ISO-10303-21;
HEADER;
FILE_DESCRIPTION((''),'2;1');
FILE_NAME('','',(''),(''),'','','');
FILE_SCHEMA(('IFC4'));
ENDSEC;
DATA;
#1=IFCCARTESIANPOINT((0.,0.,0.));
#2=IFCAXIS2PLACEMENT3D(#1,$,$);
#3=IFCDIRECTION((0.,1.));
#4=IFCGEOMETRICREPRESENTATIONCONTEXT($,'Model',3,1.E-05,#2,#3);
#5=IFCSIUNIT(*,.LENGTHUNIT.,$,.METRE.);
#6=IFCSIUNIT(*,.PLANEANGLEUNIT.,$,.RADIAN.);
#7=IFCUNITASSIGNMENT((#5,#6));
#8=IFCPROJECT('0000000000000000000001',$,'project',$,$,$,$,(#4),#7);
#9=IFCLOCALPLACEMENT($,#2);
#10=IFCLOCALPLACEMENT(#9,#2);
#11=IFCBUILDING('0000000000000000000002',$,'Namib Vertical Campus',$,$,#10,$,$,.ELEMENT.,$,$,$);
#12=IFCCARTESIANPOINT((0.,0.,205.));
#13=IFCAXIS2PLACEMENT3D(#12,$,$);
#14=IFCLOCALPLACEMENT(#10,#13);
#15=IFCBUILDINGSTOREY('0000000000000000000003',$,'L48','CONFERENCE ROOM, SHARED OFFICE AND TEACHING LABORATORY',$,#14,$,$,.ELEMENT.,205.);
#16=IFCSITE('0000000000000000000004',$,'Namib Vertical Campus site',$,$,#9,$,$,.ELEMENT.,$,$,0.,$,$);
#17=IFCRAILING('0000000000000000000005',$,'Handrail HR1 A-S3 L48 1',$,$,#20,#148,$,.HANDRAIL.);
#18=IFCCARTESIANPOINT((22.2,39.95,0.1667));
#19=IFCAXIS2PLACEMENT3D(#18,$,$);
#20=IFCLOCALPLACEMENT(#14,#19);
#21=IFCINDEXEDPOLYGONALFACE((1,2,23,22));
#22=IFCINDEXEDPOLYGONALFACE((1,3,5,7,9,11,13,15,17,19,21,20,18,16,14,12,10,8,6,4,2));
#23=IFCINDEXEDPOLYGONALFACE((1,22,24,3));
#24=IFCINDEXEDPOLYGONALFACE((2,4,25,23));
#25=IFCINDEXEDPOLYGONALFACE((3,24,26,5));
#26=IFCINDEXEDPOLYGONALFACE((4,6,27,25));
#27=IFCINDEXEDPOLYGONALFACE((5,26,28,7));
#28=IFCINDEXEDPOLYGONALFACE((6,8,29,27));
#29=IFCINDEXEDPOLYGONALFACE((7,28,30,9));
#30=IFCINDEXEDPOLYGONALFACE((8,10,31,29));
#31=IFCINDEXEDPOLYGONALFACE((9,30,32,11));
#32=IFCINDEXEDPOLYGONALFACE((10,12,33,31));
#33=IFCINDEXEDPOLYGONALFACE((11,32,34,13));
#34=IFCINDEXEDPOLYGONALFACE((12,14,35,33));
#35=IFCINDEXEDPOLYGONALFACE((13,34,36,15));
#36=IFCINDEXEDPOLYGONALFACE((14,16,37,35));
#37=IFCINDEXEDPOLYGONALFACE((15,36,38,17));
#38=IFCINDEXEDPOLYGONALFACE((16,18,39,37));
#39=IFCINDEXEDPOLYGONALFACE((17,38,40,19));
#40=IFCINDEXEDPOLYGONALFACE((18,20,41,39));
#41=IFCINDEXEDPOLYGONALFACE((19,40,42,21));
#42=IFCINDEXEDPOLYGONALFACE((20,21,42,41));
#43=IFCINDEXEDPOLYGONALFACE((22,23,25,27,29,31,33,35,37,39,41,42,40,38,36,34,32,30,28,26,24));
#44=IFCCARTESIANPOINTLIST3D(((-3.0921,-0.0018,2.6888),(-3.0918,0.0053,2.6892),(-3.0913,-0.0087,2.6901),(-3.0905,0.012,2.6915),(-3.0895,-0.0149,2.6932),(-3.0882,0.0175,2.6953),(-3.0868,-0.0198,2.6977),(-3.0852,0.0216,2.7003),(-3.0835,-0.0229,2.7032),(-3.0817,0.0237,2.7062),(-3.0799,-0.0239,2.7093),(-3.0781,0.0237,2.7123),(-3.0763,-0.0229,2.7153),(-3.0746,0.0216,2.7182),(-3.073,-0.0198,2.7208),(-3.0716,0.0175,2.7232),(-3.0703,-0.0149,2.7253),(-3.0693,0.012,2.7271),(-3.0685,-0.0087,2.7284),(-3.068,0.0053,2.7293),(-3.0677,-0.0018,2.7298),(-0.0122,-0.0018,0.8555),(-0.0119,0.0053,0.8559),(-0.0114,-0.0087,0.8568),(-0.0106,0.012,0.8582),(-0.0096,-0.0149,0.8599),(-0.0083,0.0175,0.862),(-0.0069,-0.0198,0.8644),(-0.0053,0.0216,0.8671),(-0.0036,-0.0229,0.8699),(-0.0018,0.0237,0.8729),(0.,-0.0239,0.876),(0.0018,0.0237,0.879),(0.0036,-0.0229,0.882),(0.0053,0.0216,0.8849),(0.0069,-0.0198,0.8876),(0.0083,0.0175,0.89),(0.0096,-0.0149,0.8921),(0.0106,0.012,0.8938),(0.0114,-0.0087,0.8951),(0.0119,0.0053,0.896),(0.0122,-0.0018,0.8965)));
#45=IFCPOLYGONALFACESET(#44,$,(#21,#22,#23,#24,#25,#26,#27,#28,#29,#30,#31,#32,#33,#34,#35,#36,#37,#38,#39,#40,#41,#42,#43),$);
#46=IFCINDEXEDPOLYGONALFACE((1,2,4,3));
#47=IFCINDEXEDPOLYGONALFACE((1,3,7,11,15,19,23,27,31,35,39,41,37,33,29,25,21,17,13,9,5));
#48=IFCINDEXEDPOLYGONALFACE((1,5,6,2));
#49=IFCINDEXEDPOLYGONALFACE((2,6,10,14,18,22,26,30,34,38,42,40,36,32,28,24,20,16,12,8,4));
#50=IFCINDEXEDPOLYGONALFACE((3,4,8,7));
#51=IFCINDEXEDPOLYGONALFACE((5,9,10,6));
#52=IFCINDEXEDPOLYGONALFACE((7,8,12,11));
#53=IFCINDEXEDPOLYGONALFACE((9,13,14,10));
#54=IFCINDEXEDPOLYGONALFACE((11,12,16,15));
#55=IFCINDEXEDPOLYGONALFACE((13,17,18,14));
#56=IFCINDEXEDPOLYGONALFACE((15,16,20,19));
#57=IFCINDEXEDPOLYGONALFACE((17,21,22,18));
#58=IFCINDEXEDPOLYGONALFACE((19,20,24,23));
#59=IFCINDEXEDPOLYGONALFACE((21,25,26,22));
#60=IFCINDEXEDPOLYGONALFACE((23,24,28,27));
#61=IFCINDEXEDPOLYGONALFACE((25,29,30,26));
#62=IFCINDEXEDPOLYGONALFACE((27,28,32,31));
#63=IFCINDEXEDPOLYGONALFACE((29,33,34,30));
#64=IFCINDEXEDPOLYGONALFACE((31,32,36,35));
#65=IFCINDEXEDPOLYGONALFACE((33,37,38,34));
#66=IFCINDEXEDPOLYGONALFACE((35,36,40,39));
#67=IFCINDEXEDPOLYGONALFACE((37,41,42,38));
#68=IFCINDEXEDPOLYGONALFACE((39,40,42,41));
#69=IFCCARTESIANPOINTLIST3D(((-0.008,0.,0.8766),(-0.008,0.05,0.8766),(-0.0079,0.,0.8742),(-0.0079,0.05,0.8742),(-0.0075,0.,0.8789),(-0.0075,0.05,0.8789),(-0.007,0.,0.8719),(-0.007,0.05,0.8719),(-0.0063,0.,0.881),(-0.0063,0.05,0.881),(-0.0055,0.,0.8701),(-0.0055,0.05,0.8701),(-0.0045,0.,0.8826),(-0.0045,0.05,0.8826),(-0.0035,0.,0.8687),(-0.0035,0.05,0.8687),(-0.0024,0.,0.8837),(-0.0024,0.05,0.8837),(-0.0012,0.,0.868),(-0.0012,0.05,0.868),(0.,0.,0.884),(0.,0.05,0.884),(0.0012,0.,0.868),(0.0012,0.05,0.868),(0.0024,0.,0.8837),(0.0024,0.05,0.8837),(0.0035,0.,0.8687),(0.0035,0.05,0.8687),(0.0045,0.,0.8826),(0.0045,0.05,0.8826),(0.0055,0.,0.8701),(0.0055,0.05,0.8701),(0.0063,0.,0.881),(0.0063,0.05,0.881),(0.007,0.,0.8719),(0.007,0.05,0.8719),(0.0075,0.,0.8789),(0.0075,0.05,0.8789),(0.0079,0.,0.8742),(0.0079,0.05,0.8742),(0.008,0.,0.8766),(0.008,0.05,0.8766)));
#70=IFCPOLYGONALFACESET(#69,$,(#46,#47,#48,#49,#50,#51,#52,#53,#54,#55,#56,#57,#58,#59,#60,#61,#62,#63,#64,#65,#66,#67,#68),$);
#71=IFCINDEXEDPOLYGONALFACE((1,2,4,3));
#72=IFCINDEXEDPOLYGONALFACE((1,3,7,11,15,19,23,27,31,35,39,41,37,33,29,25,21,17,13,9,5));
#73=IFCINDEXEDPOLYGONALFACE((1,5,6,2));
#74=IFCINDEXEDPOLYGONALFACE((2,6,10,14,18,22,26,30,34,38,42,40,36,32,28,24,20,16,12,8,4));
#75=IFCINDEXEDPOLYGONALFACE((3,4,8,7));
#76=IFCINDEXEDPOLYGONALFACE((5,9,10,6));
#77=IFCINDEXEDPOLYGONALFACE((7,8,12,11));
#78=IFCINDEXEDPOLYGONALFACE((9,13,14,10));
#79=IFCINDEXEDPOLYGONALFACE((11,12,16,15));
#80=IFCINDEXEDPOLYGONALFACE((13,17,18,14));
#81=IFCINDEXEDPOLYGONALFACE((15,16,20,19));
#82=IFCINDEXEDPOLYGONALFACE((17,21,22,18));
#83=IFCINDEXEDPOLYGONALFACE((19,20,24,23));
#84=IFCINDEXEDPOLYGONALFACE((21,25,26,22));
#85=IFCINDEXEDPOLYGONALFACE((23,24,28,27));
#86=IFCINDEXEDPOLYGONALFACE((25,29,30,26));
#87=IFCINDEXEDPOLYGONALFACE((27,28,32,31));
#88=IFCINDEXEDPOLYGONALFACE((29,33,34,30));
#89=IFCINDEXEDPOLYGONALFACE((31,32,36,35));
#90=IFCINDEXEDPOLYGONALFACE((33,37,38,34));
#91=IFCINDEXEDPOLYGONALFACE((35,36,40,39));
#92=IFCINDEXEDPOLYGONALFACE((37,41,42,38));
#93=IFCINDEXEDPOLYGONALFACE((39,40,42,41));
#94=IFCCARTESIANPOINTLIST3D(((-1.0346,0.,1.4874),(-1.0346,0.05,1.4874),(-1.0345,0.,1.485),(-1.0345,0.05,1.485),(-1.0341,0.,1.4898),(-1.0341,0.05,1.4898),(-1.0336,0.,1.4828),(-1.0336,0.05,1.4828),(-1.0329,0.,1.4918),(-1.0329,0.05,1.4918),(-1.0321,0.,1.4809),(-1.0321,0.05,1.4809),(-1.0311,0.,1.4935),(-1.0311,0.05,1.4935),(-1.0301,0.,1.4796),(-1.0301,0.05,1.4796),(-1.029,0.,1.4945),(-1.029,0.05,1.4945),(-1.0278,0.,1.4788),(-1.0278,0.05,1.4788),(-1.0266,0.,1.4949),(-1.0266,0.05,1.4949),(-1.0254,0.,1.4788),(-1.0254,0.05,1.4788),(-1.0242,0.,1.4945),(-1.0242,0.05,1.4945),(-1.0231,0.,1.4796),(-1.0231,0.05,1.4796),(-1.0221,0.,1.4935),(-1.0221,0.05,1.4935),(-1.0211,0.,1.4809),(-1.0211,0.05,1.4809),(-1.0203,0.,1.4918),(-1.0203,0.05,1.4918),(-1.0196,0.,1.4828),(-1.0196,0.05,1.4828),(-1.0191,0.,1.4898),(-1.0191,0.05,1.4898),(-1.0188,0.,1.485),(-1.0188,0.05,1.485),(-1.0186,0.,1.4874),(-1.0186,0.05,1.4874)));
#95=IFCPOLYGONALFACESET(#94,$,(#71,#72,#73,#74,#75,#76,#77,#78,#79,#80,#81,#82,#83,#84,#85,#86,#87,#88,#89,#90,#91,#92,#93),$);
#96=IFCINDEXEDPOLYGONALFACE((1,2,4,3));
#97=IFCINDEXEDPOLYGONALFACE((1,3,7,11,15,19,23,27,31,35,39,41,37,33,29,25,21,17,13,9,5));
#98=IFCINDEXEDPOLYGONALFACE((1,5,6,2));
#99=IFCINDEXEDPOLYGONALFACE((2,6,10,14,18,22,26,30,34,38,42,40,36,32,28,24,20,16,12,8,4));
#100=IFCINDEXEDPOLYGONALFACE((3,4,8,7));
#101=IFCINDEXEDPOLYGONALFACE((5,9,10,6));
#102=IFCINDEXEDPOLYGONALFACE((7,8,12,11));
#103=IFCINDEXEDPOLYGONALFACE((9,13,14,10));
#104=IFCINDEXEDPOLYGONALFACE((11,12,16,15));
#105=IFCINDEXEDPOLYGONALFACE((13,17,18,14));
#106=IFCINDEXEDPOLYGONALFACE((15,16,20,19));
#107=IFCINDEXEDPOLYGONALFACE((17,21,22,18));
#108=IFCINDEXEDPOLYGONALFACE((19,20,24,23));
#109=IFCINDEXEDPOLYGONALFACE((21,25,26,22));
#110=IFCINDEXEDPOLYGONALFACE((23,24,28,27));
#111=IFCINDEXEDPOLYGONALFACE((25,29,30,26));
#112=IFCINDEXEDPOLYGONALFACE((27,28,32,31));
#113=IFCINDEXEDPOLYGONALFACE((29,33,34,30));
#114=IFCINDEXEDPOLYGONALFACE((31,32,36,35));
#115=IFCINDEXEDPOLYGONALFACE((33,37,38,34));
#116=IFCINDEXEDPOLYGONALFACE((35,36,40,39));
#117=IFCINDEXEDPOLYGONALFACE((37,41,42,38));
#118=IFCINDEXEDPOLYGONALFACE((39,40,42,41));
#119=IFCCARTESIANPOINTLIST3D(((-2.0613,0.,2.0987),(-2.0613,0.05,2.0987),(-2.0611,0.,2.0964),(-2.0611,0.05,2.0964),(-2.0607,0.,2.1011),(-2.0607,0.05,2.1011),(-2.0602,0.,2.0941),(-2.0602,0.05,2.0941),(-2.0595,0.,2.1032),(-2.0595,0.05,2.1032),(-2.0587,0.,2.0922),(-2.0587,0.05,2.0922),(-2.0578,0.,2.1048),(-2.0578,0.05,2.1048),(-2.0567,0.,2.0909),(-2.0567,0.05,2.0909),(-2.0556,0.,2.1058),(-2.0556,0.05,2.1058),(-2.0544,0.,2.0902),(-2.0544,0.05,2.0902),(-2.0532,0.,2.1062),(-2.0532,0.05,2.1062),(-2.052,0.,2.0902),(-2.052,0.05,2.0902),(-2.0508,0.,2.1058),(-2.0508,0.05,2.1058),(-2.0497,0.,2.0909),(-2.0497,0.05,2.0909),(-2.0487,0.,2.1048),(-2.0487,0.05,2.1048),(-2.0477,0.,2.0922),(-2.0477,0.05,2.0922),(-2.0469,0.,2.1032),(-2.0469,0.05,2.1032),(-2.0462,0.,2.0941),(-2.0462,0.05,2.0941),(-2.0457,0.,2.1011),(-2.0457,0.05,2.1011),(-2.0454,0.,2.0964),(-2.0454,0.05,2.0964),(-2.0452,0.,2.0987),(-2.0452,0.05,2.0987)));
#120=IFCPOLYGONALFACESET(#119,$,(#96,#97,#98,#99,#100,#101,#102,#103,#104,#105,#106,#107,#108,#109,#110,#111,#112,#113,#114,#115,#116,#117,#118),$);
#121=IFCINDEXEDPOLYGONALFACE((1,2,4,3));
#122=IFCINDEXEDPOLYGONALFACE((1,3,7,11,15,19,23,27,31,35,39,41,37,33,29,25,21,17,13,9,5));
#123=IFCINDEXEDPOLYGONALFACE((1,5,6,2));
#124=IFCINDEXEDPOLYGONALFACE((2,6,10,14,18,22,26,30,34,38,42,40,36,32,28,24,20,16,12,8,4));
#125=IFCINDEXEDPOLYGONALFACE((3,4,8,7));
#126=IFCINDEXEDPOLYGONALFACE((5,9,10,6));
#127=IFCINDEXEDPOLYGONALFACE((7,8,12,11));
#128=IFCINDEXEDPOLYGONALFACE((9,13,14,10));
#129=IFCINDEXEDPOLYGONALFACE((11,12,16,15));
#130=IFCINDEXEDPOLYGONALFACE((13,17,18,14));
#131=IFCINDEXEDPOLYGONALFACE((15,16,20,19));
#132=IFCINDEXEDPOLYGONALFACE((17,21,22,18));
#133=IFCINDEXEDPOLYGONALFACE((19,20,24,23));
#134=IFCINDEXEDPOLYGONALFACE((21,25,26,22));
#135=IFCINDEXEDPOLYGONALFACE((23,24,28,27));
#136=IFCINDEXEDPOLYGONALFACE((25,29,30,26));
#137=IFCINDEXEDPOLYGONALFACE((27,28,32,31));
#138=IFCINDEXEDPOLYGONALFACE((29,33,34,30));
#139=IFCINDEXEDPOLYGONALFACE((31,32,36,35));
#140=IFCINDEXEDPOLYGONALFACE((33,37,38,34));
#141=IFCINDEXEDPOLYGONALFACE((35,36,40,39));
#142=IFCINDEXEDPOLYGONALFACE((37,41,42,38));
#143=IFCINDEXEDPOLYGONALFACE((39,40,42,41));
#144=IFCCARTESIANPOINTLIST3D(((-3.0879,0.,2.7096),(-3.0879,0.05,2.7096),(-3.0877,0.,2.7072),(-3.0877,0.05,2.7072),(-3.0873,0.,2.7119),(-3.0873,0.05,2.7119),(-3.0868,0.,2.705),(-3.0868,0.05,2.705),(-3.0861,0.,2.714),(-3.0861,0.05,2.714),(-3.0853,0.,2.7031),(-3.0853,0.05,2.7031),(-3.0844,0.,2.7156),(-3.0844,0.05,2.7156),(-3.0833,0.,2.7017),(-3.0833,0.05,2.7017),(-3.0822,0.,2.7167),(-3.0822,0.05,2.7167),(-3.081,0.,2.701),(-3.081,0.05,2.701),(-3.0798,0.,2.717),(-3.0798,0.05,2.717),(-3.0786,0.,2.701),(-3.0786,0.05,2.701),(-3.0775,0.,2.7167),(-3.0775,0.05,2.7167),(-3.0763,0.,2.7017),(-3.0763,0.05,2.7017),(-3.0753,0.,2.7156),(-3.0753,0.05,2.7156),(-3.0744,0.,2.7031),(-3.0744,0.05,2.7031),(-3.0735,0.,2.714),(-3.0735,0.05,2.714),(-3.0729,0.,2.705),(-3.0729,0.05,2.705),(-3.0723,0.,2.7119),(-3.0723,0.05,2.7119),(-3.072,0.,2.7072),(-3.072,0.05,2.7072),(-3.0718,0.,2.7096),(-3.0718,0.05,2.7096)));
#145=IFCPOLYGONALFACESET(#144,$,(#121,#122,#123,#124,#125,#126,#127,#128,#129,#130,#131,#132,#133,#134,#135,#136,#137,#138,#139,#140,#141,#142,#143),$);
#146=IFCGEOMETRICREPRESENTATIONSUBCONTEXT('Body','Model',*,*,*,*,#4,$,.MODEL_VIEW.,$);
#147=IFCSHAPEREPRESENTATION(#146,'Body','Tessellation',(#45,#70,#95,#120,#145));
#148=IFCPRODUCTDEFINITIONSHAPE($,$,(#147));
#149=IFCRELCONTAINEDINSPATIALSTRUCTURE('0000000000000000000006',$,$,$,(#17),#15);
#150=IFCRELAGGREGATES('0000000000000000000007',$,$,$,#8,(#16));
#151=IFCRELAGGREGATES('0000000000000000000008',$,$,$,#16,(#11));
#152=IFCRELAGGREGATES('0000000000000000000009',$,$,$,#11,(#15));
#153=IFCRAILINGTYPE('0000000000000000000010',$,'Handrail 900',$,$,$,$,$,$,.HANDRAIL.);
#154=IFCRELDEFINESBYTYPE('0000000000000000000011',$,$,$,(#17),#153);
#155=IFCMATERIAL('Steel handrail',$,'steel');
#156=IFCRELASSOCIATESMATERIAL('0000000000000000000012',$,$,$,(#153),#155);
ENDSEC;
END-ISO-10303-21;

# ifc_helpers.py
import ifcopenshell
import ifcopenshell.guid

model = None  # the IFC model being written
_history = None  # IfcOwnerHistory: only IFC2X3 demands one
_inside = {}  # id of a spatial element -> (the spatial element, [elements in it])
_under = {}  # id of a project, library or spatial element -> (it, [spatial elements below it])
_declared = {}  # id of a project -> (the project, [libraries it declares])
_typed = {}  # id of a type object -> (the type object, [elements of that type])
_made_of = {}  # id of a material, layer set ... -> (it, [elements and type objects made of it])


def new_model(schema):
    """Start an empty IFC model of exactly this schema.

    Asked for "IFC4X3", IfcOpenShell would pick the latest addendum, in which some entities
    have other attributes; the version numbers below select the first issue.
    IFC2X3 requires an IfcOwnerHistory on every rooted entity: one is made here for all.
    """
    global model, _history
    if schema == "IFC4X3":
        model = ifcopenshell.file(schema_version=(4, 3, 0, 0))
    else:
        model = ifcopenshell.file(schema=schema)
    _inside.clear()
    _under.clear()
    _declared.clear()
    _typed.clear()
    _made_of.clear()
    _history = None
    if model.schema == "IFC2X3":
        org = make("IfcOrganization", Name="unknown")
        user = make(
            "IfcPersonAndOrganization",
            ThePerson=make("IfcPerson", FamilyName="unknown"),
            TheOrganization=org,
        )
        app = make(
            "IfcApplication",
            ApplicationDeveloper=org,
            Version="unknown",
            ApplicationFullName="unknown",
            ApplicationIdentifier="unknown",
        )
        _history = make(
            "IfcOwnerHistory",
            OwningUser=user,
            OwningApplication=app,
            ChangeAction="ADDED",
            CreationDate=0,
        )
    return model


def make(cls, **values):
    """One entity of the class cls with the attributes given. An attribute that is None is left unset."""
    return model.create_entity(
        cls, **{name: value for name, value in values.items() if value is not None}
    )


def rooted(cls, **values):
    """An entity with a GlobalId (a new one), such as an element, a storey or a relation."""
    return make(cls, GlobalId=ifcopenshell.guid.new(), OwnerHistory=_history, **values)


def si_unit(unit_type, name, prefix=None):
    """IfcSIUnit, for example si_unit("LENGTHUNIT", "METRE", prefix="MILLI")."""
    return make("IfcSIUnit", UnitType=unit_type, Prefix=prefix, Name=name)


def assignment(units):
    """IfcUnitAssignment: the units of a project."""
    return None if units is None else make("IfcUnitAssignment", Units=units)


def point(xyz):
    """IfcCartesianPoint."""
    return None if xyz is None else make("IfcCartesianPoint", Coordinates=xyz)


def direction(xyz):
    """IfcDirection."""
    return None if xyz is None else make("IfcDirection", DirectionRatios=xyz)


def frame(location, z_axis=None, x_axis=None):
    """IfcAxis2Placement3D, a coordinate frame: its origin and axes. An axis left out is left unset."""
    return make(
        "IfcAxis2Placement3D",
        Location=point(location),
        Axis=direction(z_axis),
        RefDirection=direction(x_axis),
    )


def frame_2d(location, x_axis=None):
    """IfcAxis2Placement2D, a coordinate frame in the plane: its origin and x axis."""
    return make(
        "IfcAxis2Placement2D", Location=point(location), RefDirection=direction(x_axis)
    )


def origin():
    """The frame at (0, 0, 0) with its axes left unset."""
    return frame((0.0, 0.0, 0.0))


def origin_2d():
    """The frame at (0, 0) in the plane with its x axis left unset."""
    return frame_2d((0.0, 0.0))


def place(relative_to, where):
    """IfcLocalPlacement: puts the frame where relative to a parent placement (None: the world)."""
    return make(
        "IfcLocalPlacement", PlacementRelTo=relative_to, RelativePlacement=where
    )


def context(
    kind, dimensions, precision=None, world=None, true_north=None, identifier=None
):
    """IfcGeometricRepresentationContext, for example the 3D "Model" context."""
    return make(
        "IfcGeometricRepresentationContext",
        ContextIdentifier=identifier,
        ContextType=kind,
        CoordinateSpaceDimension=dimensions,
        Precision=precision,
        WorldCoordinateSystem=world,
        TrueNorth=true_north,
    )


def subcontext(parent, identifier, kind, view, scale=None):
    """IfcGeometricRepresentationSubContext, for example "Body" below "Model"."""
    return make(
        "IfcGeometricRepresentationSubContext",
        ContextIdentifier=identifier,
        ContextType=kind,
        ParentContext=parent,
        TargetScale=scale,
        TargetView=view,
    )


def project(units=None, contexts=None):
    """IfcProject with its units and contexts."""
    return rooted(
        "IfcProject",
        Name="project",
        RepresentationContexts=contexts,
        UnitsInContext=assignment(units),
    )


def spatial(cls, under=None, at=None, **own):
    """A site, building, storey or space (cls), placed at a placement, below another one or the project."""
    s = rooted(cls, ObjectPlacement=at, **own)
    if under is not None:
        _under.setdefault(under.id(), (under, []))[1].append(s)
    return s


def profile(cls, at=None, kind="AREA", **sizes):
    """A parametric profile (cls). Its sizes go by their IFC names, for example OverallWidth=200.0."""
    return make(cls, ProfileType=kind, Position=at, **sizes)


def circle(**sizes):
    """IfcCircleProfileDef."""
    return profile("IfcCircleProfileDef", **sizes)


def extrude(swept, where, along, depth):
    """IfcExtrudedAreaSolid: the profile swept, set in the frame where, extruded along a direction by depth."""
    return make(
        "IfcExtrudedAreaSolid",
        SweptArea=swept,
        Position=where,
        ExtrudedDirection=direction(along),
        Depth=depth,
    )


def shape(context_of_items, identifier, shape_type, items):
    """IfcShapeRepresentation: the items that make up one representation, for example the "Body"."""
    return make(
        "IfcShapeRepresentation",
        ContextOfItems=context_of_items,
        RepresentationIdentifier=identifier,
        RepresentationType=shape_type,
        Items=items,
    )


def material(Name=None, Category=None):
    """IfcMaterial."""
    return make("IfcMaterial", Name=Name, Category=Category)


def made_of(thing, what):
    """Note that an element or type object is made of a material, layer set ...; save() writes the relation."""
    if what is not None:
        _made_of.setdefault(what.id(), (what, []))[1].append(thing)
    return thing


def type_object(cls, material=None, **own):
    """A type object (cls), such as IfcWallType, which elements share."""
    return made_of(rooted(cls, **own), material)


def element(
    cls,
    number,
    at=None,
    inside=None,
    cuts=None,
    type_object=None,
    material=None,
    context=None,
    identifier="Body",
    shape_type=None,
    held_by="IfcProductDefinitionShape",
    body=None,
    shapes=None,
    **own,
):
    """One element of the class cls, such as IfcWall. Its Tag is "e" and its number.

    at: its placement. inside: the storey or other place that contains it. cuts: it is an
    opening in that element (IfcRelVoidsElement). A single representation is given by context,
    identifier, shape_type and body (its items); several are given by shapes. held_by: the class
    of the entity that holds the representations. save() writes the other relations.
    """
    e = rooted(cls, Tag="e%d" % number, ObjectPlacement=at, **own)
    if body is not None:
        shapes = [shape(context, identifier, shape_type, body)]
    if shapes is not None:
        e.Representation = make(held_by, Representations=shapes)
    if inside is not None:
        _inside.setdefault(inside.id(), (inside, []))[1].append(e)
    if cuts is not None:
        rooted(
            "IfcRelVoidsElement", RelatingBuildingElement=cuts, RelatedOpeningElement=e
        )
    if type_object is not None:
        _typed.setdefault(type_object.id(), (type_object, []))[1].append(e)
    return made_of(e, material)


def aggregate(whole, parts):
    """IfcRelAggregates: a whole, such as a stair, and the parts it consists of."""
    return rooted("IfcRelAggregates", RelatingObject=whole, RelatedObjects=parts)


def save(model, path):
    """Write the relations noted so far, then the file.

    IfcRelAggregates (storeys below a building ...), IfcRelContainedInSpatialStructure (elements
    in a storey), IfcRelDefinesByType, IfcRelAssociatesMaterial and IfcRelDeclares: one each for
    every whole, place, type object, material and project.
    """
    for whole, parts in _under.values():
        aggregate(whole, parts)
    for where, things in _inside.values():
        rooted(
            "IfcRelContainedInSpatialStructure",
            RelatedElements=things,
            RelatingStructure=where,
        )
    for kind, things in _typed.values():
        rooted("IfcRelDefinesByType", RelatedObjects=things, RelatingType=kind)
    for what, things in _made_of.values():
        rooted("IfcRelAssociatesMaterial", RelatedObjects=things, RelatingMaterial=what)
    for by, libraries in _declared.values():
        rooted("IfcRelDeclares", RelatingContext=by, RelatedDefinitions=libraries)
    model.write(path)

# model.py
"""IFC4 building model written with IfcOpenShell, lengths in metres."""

from ifc_helpers import new_model, si_unit, direction, frame, origin, origin_2d, place, context, subcontext, project, spatial, circle, extrude, material, type_object, element, save


model = new_model("IFC4")

# Units and contexts
model_context = context("Model", 3, precision=1e-05, world=origin(), true_north=direction((0.0, 1.0)))
body_context = subcontext(model_context, "Body", "Model", "MODEL_VIEW")
ifc_project = project(units=[si_unit("LENGTHUNIT", "METRE"), si_unit("PLANEANGLEUNIT", "RADIAN")], contexts=[model_context])

# Site, building, storey
site_placement = place(None, origin())
site = spatial("IfcSite", under=ifc_project, at=site_placement, Name="Namib Vertical Campus site", CompositionType="ELEMENT", RefElevation=0.0)
building_placement = place(site_placement, origin())
building = spatial("IfcBuilding", under=site, at=building_placement, Name="Namib Vertical Campus", CompositionType="ELEMENT")
storey_placement = place(building_placement, frame((0.0, 0.0, 205.0)))
storey = spatial("IfcBuildingStorey", under=building, at=storey_placement, Name="L48", Description="CONFERENCE ROOM, SHARED OFFICE AND TEACHING LABORATORY", CompositionType="ELEMENT", Elevation=205.0)

# Railing
ifc_material_1 = material(Name="Steel handrail", Category="steel")
railing_type_1 = type_object("IfcRailingType", Name="Handrail 900", PredefinedType="HANDRAIL", material=ifc_material_1)
railing_1_placement = place(storey_placement, frame((22.2, 39.95, 0.1667)))
element("IfcRailing", 1, at=railing_1_placement, inside=storey, type_object=railing_type_1, Name="Handrail HR1 A-S3 L48 1", PredefinedType="HANDRAIL", context=body_context, shape_type="SweptSolid", body=[
    extrude(circle(Radius=0.0239, at=origin_2d()), frame((0.0, 0.0, 0.876), z_axis=(-0.859291, 0.0, 0.511487), x_axis=(0.0, -1.0, 0.0)), (0.0, 0.0, 1.0), 3.5842),
    extrude(circle(Radius=0.0081, at=origin_2d()), frame((0.0, 0.0, 0.876), z_axis=(0.0, 1.0, 0.0), x_axis=(0.0, 0.0, 1.0)), (0.0, 0.0, 1.0), 0.05),
    extrude(circle(Radius=0.0081, at=origin_2d()), frame((-1.0266, 0.0, 1.4868), z_axis=(0.0, 1.0, 0.0), x_axis=(0.0, 0.0, 1.0)), (0.0, 0.0, 1.0), 0.05),
    extrude(circle(Radius=0.0081, at=origin_2d()), frame((-2.0532, 0.0, 2.0981), z_axis=(0.0, 1.0, 0.0), x_axis=(0.0, 0.0, 1.0)), (0.0, 0.0, 1.0), 0.05),
    extrude(circle(Radius=0.0081, at=origin_2d()), frame((-3.0798, 0.0, 2.709), z_axis=(0.0, 1.0, 0.0), x_axis=(0.0, 0.0, 1.0)), (0.0, 0.0, 1.0), 0.05),
])

save(model, "model.ifc")
